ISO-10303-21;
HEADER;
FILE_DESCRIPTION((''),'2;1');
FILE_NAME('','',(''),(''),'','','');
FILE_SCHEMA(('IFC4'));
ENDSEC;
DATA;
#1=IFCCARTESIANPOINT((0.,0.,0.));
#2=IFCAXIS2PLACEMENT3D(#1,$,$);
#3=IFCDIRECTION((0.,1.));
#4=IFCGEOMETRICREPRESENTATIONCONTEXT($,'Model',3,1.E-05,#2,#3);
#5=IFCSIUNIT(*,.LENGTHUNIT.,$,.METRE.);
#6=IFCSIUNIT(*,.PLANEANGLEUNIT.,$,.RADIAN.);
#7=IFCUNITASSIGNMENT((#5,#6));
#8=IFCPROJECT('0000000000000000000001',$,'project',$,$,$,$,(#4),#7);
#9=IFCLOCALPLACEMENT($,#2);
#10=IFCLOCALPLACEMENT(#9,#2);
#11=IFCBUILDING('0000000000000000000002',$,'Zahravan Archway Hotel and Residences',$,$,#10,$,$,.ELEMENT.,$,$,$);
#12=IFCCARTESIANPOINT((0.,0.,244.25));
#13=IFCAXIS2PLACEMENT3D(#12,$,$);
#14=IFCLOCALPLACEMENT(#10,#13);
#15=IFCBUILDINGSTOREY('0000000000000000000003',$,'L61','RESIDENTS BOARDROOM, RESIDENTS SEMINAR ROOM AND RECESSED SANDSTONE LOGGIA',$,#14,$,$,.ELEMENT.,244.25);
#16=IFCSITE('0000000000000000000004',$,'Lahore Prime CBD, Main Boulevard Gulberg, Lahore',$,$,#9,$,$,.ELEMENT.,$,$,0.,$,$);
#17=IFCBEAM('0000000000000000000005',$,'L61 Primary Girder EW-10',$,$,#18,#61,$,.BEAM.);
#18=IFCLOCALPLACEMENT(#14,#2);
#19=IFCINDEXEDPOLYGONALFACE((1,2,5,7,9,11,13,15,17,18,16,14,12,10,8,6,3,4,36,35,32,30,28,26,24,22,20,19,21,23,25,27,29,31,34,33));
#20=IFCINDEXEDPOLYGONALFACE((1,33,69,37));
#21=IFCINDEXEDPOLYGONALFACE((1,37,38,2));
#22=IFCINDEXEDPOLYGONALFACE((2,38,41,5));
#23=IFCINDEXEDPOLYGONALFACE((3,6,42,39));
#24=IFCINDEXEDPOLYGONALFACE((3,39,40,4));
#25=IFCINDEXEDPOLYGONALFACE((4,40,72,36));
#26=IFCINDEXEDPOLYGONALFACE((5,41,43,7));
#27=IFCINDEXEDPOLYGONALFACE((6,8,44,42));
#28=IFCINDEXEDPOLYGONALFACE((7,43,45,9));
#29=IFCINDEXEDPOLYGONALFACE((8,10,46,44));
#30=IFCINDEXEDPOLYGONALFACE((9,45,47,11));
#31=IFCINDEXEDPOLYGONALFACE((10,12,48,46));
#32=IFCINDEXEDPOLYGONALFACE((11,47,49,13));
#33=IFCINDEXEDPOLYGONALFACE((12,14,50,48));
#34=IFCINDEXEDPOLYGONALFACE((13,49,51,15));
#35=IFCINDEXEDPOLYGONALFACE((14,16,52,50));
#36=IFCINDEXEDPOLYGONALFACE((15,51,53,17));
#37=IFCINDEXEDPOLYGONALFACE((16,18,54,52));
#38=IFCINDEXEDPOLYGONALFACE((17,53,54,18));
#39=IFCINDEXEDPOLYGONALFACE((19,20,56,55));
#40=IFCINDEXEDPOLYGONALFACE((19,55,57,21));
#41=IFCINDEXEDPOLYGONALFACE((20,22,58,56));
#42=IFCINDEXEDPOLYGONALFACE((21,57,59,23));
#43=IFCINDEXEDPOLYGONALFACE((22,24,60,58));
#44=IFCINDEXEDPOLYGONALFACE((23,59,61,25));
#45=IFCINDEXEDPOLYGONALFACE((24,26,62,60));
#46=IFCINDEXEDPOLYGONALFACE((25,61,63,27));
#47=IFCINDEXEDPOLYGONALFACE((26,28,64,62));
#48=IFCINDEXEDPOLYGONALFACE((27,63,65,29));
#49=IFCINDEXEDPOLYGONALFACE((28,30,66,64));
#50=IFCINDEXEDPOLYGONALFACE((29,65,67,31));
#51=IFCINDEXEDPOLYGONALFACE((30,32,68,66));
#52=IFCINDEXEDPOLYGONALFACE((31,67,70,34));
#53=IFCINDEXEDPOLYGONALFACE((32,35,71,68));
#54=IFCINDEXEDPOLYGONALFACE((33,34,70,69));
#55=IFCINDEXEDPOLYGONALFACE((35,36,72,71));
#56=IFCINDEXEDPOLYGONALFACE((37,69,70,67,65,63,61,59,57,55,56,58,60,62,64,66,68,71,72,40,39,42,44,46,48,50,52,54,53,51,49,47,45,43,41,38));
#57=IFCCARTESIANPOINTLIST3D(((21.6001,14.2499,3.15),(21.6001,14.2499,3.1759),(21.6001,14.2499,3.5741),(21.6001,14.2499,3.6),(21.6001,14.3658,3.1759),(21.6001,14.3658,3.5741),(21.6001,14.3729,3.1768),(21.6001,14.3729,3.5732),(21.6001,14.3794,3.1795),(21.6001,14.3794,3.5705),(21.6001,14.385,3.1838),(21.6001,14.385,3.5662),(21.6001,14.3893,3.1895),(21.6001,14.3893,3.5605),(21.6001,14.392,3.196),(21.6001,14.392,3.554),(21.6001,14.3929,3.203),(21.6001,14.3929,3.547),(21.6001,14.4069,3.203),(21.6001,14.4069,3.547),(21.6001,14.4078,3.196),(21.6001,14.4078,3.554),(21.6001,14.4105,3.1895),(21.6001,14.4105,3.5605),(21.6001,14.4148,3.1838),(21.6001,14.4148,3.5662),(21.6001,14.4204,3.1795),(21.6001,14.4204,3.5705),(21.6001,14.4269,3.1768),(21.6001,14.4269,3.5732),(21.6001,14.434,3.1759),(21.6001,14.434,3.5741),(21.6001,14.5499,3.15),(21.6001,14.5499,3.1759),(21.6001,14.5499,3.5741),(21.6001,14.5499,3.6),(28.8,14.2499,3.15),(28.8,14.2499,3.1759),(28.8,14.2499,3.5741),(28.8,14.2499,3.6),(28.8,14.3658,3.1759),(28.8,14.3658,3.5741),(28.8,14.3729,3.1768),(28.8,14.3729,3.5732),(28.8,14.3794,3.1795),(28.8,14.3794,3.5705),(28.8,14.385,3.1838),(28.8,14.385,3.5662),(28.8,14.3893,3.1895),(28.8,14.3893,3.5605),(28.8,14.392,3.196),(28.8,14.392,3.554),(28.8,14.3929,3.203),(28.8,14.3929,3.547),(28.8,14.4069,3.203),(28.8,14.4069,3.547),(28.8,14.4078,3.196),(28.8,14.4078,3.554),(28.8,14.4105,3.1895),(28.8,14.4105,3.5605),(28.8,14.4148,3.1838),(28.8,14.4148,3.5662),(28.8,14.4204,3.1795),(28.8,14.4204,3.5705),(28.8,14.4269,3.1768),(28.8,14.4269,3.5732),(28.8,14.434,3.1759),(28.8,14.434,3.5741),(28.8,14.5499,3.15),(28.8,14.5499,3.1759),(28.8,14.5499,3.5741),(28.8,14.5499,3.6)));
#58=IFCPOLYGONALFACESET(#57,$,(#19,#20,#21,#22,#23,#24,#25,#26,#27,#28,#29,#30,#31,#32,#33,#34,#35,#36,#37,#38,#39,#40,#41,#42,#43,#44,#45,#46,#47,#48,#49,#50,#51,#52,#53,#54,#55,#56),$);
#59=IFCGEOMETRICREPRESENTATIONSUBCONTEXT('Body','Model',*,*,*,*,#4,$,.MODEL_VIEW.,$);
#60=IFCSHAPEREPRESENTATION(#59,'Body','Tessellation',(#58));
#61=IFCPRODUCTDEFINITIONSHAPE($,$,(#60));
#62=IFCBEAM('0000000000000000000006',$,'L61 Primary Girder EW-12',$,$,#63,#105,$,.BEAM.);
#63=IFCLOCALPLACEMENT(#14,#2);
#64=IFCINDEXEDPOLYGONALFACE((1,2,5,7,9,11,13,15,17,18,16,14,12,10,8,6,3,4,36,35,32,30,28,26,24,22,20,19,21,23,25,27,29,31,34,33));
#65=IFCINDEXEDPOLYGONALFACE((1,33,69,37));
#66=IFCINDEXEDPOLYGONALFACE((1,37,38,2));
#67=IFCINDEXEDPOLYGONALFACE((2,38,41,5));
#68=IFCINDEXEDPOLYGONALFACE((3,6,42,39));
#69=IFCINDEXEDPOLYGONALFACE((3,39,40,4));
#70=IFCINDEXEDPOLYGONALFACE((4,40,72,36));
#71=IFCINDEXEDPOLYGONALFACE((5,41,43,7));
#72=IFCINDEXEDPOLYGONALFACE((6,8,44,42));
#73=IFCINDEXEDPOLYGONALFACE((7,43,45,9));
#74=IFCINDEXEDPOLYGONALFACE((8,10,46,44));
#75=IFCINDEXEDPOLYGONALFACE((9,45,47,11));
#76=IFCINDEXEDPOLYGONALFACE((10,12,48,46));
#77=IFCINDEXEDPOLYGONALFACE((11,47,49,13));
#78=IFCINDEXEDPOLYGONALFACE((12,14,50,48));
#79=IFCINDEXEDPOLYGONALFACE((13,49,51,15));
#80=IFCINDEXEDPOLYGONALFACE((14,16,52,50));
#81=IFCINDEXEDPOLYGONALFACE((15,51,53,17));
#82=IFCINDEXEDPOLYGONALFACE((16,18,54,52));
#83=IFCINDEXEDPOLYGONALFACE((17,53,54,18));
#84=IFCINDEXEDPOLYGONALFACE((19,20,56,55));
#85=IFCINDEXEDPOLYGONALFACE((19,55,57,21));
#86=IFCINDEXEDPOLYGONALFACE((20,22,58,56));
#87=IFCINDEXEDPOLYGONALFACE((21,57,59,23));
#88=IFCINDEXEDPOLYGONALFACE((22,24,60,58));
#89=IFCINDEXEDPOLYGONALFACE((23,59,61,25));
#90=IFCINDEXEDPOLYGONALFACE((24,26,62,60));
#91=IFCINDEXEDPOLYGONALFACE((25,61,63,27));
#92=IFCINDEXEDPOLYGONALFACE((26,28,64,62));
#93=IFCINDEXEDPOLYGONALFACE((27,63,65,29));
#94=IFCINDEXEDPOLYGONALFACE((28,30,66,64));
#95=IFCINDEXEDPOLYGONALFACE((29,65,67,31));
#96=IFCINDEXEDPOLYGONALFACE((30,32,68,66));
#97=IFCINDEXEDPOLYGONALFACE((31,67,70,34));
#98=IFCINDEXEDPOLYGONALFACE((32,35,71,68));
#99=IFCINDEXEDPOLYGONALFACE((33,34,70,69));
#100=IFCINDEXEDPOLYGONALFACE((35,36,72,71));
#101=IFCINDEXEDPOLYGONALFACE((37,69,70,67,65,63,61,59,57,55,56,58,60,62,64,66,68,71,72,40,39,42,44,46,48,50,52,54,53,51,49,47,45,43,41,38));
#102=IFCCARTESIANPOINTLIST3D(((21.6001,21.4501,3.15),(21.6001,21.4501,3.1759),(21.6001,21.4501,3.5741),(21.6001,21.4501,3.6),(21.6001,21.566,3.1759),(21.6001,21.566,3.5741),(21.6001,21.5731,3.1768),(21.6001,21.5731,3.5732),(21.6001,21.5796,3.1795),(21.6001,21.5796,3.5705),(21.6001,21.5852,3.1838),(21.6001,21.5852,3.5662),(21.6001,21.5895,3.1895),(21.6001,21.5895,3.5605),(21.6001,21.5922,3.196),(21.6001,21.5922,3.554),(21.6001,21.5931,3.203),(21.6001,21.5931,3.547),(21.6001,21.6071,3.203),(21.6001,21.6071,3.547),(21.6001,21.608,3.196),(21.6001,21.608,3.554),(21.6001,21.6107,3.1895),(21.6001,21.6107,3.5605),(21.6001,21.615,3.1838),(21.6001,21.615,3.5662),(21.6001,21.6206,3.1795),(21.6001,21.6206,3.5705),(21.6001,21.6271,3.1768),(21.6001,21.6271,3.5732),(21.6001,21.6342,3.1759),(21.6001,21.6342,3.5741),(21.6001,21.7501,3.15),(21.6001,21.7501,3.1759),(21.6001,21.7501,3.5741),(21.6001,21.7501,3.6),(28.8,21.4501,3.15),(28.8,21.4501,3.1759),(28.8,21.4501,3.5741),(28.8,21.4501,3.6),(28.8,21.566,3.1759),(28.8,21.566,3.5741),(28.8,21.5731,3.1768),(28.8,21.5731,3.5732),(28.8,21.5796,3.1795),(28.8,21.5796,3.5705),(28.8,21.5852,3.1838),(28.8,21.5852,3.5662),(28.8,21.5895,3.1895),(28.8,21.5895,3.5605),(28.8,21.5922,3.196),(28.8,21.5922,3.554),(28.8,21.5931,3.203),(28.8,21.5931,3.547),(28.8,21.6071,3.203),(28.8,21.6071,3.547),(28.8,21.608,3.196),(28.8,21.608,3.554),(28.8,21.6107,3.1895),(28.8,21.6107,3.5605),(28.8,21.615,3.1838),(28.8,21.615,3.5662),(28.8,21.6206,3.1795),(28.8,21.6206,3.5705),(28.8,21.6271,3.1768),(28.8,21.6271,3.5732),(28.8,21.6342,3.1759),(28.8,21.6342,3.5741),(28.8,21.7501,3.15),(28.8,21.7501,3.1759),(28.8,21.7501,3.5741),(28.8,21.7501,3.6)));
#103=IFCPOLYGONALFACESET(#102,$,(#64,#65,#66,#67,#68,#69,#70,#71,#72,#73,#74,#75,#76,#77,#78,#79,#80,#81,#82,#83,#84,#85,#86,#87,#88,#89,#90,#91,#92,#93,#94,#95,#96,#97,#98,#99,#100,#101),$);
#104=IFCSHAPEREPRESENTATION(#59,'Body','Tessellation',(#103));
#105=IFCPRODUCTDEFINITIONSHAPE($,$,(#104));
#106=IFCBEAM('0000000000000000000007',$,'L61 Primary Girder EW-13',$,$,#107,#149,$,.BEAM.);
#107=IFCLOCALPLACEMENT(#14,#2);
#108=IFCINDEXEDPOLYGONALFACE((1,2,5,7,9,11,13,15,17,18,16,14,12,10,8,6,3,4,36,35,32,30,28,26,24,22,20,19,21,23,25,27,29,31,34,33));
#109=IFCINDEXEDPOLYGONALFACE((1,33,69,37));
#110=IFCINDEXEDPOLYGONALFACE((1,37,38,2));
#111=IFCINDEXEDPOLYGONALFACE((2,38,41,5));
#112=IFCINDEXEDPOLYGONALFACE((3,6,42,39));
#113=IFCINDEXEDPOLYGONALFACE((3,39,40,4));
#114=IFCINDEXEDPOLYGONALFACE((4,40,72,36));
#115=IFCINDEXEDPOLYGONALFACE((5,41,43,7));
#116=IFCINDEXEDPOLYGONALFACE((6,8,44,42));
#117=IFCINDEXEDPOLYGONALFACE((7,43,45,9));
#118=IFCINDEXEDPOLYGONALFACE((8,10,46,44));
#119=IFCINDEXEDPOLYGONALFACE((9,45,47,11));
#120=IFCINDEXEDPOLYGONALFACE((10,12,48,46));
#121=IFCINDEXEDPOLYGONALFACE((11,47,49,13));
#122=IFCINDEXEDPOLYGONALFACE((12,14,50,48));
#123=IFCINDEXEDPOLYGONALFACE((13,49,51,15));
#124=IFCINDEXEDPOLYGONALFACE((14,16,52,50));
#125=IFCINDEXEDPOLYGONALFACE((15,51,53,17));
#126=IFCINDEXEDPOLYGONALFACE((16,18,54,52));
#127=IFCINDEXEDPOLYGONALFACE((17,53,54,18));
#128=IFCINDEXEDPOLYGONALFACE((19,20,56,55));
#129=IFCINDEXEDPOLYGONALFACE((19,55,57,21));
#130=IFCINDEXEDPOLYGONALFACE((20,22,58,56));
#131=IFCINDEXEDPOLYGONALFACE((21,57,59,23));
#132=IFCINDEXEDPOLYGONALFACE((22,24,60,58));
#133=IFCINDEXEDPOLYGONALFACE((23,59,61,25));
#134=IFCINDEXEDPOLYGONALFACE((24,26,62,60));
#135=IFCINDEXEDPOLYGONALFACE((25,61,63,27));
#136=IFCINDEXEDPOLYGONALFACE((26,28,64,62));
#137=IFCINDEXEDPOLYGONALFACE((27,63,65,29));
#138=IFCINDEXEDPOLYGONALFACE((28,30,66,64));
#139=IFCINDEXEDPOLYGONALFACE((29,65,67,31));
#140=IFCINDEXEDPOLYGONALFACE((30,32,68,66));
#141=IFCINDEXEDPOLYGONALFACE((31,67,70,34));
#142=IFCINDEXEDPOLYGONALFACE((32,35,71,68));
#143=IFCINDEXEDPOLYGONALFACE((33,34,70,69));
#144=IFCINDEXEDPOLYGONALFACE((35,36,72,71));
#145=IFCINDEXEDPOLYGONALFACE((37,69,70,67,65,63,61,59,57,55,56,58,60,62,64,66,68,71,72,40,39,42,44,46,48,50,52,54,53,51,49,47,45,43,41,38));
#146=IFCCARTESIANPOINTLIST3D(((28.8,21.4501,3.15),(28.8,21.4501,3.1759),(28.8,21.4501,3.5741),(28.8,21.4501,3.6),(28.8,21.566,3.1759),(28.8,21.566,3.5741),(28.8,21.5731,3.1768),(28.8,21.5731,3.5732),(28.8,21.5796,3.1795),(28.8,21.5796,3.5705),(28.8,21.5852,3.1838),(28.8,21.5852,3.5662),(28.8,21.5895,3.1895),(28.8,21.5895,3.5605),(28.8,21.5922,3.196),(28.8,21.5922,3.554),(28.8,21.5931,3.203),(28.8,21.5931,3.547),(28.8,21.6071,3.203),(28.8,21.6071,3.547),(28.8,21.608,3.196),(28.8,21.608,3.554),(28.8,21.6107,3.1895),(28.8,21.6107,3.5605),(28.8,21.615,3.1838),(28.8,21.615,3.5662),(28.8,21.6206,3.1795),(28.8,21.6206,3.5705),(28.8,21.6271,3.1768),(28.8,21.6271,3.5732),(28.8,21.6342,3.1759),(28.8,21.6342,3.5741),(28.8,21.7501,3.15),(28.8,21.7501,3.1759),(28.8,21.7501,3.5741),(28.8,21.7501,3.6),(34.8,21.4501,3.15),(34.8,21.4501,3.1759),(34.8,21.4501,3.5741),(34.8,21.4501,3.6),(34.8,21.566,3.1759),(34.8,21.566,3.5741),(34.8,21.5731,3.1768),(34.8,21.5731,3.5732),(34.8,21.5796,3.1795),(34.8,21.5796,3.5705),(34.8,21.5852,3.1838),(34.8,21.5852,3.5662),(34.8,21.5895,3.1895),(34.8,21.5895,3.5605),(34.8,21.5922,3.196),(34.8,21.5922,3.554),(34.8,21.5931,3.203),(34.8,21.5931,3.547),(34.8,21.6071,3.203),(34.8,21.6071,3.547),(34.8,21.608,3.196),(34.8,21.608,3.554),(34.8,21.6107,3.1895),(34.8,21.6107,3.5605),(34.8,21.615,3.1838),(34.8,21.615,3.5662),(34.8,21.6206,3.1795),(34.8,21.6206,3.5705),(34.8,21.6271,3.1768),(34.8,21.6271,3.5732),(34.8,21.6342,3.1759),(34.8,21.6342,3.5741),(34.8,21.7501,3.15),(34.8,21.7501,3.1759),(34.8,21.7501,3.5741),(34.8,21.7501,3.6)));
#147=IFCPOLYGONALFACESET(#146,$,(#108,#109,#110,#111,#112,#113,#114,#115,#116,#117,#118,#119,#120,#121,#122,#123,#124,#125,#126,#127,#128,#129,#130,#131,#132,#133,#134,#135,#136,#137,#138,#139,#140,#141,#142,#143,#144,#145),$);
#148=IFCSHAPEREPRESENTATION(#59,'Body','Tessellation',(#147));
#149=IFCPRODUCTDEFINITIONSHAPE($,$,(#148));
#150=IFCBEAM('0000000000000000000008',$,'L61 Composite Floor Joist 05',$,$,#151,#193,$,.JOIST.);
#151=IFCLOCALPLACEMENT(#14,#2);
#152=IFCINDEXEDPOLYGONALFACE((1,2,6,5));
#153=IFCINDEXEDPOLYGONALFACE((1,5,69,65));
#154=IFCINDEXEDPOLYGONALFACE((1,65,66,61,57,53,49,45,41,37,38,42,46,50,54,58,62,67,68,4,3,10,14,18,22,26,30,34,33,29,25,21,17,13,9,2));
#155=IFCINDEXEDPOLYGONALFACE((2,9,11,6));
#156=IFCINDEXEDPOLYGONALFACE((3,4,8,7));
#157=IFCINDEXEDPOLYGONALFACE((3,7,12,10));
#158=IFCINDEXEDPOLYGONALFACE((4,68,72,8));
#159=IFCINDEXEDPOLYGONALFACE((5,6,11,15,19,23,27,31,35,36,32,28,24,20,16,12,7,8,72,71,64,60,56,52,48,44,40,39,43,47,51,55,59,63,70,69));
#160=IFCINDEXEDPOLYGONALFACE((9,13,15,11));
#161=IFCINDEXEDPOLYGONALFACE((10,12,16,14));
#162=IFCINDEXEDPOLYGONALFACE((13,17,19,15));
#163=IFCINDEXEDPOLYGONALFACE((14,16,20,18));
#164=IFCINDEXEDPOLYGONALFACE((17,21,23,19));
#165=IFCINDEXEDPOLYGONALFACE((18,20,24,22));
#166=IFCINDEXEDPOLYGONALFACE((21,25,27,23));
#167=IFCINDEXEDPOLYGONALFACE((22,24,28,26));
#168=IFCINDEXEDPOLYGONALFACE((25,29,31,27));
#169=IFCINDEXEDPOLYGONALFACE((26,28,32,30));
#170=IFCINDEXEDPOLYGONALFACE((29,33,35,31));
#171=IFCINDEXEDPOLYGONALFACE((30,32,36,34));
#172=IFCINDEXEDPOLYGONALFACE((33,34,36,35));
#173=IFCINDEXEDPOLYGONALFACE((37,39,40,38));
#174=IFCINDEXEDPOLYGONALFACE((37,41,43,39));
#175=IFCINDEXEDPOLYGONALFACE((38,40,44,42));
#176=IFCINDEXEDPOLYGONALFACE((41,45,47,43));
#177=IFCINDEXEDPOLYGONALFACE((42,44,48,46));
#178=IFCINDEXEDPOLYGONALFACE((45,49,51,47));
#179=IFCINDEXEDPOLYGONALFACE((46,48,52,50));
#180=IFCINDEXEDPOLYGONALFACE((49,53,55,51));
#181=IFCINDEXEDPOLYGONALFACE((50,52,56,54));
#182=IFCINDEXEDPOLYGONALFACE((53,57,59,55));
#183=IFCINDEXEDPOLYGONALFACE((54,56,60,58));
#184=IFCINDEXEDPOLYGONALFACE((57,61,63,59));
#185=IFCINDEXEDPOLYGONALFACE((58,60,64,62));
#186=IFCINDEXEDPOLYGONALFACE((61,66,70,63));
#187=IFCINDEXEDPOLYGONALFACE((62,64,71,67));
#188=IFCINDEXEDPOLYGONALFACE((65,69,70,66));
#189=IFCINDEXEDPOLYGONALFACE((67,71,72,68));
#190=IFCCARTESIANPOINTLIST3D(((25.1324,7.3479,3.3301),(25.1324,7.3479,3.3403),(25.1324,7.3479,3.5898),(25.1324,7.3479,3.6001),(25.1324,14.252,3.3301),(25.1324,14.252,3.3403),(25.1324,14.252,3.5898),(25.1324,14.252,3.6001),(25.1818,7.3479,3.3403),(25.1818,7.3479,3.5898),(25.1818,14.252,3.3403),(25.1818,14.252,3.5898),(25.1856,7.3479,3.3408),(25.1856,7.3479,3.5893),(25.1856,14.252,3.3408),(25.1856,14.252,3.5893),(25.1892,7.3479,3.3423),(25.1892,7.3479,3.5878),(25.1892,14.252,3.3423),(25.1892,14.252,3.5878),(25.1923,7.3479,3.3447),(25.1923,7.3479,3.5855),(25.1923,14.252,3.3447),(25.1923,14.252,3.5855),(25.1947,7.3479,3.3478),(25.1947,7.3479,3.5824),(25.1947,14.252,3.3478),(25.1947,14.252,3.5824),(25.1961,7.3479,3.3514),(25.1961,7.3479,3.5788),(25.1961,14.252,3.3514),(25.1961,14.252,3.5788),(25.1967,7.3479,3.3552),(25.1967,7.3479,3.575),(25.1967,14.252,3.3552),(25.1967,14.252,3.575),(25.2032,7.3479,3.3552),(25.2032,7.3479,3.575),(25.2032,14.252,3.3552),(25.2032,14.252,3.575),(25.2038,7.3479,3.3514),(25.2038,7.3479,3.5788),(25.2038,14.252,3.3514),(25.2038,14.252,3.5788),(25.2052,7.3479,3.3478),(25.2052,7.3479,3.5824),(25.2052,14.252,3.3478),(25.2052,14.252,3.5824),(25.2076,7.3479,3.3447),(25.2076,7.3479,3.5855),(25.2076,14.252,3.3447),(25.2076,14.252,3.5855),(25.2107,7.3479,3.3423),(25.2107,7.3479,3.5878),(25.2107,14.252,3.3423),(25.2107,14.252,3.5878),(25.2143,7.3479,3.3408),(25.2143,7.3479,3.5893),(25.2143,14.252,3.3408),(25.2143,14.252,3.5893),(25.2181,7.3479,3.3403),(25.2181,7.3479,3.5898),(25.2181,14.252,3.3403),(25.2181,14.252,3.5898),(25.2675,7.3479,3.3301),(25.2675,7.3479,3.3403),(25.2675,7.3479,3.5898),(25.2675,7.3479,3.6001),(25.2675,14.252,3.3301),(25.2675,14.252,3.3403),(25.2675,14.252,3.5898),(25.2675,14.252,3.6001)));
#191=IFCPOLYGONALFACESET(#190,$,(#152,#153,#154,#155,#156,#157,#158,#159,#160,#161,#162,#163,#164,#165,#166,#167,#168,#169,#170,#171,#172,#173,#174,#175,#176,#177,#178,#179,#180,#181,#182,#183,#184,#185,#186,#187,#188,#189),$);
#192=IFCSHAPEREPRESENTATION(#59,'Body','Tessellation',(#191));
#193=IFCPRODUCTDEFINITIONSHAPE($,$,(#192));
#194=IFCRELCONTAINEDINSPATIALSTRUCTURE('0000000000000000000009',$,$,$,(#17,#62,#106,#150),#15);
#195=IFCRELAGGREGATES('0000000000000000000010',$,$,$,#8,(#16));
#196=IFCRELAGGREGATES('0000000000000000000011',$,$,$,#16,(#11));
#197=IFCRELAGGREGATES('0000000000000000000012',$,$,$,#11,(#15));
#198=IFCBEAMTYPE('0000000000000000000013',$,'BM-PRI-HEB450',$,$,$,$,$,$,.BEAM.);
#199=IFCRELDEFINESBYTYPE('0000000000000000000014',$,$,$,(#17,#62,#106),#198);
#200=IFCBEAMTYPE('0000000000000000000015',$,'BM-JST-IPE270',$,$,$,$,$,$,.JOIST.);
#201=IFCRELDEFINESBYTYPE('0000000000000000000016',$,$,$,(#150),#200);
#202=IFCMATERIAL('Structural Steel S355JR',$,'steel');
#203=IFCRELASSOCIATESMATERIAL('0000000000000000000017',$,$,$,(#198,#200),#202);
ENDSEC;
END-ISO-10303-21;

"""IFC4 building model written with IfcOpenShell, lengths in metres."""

from ifc_helpers import new_model, si_unit, direction, frame, origin, origin_2d, place, context, subcontext, project, spatial, i_section, extrude, source, transform, mapped, material, material_profile, profile_set, type_object, type_shapes, element, save


model = new_model("IFC4")

# Units and contexts
model_context = context("Model", 3, precision=1e-05, world=origin(), true_north=direction((0.0, 1.0)))
body_context = subcontext(model_context, "Body", "Model", "MODEL_VIEW")
ifc_project = project(units=[si_unit("LENGTHUNIT", "METRE"), si_unit("PLANEANGLEUNIT", "RADIAN")], contexts=[model_context])

# Site, building, storey
site_placement = place(None, origin())
site = spatial("IfcSite", under=ifc_project, at=site_placement, Name="Lahore Prime CBD, Main Boulevard Gulberg, Lahore", CompositionType="ELEMENT", RefElevation=0.0)
building_placement = place(site_placement, origin())
building = spatial("IfcBuilding", under=site, at=building_placement, Name="Zahravan Archway Hotel and Residences", CompositionType="ELEMENT")
storey_placement = place(building_placement, frame((0.0, 0.0, 244.25)))
storey = spatial("IfcBuildingStorey", under=building, at=storey_placement, Name="L61", Description="RESIDENTS BOARDROOM, RESIDENTS SEMINAR ROOM AND RECESSED SANDSTONE LOGGIA", CompositionType="ELEMENT", Elevation=244.25)

# Beams
ifc_material_1 = material(Name="Structural Steel S355JR", Category="steel")
ifc_material_profile_1 = material_profile(ifc_material_1, i_section(OverallWidth=0.3, OverallDepth=0.45, WebThickness=0.0139, FlangeThickness=0.0259, FilletRadius=0.0271, at=origin_2d()), Name="HEB 450", Category="steel")
ifc_profile_set_1 = profile_set([ifc_material_profile_1], Name="Structural Steel S355JR")
beam_type_1 = type_object("IfcBeamType", Name="BM-PRI-HEB450", PredefinedType="BEAM", material=ifc_profile_set_1)
shared_shape_1 = source(origin(), body_context, "Body", "SweptSolid", [
    extrude(i_section(OverallWidth=0.3, OverallDepth=0.45, WebThickness=0.0139, FlangeThickness=0.0259, FilletRadius=0.0271, at=origin_2d()), origin(), (0.0, 0.0, 1.0), 7.2),
])
for number, where, z_axis, x_axis, name in (
    (1, (21.6001, 14.3999, 3.375), (1.0, 0.0, 0.0), (0.0, 1.0, 0.0), "L61 Primary Girder EW-10"),
    (2, (21.6001, 21.6001, 3.375), (1.0, 0.0, 0.0), (0.0, 1.0, 0.0), "L61 Primary Girder EW-12"),
):
    element("IfcBeam", number, at=place(storey_placement, frame(where, z_axis=z_axis, x_axis=x_axis)), inside=storey, type_object=beam_type_1, Name=name, PredefinedType="BEAM", context=body_context, shape_type="MappedRepresentation", body=[
        mapped(shared_shape_1, transform((0.0, 0.0, 0.0), scale=1.0)),
    ])
shared_shape_2 = source(origin(), body_context, "Body", "SweptSolid", [
    extrude(i_section(OverallWidth=0.3, OverallDepth=0.45, WebThickness=0.0139, FlangeThickness=0.0259, FilletRadius=0.0271, at=origin_2d()), origin(), (0.0, 0.0, 1.0), 6.0),
])
beam_1_placement = place(storey_placement, frame((28.8, 21.6001, 3.375), z_axis=(1.0, 0.0, 0.0), x_axis=(0.0, 1.0, 0.0)))
element("IfcBeam", 3, at=beam_1_placement, inside=storey, type_object=beam_type_1, Name="L61 Primary Girder EW-13", PredefinedType="BEAM", context=body_context, shape_type="MappedRepresentation", body=[
    mapped(shared_shape_2, transform((0.0, 0.0, 0.0), scale=1.0)),
])
ifc_material_profile_2 = material_profile(ifc_material_1, i_section(OverallWidth=0.135, OverallDepth=0.27, WebThickness=0.0066, FlangeThickness=0.0103, FilletRadius=0.0149, at=origin_2d()), Name="IPE 270", Category="steel")
ifc_profile_set_2 = profile_set([ifc_material_profile_2], Name="Structural Steel S355JR")
beam_type_2 = type_object("IfcBeamType", Name="BM-JST-IPE270", PredefinedType="JOIST", material=ifc_profile_set_2)
shared_shape_3 = source(origin(), body_context, "Body", "SweptSolid", [
    extrude(i_section(OverallWidth=0.135, OverallDepth=0.27, WebThickness=0.0066, FlangeThickness=0.0103, FilletRadius=0.0149, at=origin_2d()), origin(), (0.0, 0.0, 1.0), 6.9041),
])
type_shapes(beam_type_2, [shared_shape_3])
beam_2_placement = place(storey_placement, frame((25.2, 7.3479, 3.4651), z_axis=(0.0, 1.0, 0.0), x_axis=(-1.0, 0.0, 0.0)))
element("IfcBeam", 4, at=beam_2_placement, inside=storey, type_object=beam_type_2, Name="L61 Composite Floor Joist 05", PredefinedType="JOIST", context=body_context, shape_type="MappedRepresentation", body=[
    mapped(shared_shape_3, transform((0.0, 0.0, 0.0), scale=1.0)),
])

save(model, "model.ifc")
